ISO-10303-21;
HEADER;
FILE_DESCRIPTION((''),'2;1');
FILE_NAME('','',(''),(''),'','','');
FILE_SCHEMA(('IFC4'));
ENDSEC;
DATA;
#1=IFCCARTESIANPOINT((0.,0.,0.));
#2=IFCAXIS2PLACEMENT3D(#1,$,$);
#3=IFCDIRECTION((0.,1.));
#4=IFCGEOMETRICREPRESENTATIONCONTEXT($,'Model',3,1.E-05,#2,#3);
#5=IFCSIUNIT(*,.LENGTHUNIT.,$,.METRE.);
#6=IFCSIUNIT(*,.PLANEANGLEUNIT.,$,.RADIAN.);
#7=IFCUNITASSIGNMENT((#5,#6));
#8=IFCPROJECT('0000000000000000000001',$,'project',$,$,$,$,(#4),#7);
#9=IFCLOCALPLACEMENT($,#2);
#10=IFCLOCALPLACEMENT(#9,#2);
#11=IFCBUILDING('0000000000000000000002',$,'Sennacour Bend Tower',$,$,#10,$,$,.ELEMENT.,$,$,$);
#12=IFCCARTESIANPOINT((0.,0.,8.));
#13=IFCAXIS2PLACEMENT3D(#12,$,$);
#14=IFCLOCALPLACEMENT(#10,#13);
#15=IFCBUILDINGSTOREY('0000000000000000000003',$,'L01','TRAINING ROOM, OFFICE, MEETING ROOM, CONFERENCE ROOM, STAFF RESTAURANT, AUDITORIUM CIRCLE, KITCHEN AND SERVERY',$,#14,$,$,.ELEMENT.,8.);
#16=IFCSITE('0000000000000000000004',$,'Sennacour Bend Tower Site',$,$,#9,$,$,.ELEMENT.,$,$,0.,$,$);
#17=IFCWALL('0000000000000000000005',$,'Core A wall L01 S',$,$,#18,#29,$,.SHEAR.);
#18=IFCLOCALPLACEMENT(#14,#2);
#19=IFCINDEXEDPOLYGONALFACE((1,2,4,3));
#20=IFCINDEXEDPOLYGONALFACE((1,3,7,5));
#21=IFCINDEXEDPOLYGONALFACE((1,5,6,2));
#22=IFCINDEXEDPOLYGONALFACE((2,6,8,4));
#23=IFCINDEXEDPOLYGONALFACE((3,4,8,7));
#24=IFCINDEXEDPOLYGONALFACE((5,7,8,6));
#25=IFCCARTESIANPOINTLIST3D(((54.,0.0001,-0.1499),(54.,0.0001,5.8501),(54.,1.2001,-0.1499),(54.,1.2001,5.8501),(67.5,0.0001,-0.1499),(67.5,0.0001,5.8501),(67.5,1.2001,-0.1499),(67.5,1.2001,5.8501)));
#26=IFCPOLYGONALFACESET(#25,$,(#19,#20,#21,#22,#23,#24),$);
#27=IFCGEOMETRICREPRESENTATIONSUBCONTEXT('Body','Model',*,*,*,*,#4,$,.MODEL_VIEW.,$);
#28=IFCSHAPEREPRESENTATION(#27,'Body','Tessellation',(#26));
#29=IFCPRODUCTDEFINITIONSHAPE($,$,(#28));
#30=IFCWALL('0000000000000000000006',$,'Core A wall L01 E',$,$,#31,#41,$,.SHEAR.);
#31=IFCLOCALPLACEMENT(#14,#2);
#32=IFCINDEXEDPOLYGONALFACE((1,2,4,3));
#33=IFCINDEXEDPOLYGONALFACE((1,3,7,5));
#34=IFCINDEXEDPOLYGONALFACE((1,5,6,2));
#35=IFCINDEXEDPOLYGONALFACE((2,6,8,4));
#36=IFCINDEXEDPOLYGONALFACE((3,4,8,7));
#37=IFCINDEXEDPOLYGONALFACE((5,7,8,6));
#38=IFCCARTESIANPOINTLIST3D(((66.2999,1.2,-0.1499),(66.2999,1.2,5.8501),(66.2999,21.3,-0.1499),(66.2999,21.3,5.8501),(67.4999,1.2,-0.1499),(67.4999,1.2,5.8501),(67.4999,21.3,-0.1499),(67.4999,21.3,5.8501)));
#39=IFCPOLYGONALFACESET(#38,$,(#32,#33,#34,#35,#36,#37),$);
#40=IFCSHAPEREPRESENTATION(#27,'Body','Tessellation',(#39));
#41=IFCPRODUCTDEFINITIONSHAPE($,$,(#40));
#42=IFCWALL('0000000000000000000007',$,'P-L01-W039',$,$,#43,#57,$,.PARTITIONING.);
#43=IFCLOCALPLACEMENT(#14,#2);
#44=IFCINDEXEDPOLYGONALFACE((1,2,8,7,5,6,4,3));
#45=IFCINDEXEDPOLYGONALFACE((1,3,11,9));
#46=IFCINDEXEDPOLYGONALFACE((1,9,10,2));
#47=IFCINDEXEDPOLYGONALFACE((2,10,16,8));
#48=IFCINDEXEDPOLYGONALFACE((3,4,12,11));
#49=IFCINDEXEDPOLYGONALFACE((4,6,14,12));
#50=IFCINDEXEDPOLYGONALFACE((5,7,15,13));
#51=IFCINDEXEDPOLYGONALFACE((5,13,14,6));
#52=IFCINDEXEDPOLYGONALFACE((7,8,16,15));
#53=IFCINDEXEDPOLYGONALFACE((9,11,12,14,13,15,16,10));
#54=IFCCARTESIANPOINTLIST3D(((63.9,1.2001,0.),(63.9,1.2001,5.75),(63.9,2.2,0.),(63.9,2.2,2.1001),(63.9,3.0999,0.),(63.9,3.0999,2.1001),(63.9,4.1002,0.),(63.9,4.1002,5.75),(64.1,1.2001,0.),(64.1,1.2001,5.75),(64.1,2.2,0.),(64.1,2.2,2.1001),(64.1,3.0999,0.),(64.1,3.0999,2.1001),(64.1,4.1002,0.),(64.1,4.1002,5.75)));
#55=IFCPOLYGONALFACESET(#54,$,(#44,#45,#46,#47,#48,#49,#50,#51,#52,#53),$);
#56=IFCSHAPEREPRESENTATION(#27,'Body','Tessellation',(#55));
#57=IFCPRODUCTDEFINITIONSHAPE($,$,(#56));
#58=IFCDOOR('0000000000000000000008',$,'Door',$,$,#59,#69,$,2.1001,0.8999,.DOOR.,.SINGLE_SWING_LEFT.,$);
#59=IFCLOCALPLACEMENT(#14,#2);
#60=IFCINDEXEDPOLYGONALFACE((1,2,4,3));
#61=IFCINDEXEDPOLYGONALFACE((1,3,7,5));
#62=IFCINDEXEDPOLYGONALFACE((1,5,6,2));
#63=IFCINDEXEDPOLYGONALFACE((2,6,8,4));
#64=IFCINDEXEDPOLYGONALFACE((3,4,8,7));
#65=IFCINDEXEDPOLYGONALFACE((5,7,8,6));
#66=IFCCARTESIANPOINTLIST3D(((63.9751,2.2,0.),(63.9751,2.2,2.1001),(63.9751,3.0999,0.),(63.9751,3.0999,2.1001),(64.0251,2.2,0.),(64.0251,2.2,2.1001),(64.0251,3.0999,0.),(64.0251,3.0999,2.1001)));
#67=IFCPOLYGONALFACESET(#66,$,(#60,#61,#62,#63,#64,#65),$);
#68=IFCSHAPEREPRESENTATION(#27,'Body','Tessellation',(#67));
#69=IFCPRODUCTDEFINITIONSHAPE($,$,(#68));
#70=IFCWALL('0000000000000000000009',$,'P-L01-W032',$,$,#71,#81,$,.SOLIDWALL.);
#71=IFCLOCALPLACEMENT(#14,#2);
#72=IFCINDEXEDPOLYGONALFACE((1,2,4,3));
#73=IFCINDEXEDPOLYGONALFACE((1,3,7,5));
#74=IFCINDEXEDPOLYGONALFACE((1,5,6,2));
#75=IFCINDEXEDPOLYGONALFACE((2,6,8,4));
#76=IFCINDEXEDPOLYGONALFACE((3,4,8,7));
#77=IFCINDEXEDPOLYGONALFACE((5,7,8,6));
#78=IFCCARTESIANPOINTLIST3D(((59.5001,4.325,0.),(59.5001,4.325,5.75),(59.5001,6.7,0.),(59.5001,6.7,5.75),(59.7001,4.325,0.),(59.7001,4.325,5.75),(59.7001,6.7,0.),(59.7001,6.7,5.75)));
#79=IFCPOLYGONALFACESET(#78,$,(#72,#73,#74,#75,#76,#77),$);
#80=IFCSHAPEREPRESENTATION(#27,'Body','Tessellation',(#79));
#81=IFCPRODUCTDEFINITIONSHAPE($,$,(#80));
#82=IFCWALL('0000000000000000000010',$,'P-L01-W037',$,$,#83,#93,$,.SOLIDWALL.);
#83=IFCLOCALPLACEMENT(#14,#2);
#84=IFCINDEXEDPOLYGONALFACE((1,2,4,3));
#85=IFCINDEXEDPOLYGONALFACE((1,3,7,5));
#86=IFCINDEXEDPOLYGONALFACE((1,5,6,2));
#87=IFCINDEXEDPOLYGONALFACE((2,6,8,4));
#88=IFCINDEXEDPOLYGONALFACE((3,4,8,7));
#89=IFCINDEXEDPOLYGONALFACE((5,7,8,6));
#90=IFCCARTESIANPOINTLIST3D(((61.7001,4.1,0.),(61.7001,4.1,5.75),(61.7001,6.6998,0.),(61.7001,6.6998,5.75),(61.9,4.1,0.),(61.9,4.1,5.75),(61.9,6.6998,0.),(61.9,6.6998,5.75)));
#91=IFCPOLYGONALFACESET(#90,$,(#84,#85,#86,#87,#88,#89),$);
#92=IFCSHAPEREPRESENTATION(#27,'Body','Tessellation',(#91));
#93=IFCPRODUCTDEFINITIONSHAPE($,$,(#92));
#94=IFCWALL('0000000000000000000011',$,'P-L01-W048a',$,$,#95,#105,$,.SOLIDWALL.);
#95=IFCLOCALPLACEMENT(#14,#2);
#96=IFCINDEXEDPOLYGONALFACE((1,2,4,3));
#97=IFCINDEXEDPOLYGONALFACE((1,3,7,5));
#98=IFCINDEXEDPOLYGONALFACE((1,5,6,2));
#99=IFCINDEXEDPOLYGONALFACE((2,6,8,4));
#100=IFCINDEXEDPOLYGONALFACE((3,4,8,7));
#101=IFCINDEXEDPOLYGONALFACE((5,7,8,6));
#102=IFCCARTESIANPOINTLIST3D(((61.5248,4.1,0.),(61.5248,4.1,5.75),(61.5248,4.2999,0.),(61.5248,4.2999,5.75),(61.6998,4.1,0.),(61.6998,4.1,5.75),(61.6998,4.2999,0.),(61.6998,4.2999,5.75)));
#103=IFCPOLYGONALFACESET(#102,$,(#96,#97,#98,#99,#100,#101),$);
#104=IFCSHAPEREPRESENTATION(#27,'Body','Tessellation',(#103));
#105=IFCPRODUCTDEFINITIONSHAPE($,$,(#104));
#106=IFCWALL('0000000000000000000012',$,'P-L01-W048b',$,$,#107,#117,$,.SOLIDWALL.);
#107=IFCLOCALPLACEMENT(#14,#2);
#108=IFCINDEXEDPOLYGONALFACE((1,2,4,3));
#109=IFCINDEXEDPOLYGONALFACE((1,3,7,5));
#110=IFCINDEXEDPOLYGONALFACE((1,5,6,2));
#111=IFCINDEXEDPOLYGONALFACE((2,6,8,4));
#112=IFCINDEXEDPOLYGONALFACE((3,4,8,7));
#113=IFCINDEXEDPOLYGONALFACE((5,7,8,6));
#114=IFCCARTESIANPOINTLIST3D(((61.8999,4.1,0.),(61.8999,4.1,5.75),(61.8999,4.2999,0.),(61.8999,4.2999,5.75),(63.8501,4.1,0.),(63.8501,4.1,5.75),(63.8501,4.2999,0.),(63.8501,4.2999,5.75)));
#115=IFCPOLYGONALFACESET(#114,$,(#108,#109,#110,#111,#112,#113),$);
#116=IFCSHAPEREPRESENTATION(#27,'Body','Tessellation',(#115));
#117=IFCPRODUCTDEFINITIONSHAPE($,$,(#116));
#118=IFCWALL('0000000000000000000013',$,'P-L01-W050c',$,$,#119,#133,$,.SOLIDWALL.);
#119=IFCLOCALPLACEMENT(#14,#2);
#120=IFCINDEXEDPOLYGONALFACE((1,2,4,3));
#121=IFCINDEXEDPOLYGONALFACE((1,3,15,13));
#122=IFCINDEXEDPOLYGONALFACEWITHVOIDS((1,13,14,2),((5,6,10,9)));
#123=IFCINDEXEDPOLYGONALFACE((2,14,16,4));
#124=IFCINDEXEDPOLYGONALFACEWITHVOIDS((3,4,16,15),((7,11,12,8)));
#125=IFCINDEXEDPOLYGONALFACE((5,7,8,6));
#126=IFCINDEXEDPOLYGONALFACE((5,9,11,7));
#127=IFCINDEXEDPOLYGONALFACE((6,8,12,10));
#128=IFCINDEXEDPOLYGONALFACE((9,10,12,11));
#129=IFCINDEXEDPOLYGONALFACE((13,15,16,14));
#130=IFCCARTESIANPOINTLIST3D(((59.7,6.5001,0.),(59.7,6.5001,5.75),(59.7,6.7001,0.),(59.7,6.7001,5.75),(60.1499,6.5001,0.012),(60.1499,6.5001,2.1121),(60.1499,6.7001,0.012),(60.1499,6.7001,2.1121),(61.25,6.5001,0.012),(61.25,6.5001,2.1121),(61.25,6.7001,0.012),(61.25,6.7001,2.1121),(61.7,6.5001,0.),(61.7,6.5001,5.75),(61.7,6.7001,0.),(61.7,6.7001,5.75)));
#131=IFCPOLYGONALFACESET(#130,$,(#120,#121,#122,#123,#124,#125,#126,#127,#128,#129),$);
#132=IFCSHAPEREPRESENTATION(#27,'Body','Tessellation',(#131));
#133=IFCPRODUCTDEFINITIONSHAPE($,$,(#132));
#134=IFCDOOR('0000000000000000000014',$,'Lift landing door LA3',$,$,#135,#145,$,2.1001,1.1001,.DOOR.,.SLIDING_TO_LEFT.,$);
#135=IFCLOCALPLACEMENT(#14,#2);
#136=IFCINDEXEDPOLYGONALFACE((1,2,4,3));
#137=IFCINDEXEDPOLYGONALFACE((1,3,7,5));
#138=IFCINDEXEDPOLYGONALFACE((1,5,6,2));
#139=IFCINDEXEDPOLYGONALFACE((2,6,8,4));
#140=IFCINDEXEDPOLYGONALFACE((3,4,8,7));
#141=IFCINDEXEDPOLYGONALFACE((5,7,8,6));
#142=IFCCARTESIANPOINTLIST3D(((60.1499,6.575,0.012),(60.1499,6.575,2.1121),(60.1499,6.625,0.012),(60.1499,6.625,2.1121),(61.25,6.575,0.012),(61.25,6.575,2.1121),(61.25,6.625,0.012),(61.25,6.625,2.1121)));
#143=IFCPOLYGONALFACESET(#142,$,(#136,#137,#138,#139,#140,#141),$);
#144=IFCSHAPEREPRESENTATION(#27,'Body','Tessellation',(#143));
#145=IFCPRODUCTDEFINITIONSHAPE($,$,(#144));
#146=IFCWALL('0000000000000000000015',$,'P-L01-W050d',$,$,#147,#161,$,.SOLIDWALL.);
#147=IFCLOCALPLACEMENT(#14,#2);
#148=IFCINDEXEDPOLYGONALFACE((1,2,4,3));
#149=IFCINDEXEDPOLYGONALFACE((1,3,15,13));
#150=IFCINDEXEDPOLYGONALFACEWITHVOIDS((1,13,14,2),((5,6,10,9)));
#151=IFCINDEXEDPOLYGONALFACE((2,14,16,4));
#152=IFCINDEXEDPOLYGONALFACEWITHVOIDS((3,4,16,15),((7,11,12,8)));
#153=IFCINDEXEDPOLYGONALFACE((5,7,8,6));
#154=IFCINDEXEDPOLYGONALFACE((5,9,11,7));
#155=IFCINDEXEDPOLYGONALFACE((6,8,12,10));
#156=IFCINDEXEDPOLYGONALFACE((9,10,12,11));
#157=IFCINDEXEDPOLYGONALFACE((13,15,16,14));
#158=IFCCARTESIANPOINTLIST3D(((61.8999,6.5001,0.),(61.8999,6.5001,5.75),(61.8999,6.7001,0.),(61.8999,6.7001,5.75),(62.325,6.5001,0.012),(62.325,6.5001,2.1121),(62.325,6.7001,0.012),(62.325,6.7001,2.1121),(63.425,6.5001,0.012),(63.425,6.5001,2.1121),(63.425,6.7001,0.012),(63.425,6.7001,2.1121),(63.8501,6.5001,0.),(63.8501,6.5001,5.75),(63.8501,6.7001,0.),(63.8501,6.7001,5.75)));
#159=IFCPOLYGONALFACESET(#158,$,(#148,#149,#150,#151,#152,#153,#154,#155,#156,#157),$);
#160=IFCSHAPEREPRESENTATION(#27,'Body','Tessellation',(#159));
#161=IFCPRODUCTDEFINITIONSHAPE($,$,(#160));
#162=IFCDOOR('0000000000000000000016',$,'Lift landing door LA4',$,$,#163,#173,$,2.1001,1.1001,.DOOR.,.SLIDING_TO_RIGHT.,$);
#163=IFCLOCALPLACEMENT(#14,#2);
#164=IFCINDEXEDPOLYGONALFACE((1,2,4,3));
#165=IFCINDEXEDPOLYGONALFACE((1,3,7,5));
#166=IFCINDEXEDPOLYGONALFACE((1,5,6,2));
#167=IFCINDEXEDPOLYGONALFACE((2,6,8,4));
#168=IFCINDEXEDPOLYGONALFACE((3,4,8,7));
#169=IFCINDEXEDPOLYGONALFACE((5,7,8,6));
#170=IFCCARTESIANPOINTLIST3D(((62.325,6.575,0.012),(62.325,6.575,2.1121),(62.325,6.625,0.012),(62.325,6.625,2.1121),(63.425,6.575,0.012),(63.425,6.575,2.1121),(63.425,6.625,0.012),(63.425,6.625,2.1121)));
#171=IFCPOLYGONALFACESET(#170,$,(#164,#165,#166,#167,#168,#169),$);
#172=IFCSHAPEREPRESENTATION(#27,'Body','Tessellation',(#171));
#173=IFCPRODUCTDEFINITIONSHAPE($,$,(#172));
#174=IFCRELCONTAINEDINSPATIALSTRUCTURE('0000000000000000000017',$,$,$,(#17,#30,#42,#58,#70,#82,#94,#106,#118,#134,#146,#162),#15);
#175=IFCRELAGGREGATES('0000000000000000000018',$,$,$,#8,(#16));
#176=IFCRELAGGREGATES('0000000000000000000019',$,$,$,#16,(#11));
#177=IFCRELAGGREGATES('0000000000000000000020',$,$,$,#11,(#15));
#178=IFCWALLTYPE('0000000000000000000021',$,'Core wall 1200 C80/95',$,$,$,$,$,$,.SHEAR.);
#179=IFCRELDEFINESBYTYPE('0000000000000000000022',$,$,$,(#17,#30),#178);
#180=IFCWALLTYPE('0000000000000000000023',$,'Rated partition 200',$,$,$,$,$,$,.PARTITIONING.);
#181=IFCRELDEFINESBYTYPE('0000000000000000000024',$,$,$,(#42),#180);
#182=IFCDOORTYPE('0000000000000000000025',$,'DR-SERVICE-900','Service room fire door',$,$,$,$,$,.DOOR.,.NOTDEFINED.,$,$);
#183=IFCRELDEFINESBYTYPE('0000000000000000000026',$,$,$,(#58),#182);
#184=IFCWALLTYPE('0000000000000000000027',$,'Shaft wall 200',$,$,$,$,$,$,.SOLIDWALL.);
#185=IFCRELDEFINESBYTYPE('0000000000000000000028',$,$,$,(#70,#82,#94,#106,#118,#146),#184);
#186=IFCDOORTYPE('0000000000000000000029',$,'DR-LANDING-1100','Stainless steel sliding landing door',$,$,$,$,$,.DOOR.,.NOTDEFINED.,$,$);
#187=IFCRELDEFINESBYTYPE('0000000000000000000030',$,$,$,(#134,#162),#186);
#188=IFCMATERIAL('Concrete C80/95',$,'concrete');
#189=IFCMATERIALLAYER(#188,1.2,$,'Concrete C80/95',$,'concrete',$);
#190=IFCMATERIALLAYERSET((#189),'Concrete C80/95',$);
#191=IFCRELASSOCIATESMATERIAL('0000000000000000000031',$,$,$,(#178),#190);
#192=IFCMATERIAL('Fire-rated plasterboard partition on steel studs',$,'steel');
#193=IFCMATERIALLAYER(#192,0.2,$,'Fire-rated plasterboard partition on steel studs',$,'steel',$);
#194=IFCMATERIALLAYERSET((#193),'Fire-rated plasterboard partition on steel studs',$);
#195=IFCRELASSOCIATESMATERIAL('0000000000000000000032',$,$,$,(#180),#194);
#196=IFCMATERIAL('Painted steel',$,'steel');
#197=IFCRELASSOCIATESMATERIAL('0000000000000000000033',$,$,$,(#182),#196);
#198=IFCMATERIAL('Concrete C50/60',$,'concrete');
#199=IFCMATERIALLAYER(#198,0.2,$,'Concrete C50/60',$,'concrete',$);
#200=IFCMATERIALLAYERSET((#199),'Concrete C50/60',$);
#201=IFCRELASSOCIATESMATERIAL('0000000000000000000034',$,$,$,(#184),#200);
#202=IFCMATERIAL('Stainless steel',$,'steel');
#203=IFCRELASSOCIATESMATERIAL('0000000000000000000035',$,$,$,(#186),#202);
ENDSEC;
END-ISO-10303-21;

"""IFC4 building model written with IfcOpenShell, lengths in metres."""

from ifc_helpers import new_model, si_unit, direction, frame, frame_2d, origin, place, context, subcontext, project, spatial, rectangle, extrude, material, layer, layer_set, type_object, element, fill, save


model = new_model("IFC4")

# Units and contexts
model_context = context("Model", 3, precision=1e-05, world=origin(), true_north=direction((0.0, 1.0)))
body_context = subcontext(model_context, "Body", "Model", "MODEL_VIEW")
ifc_project = project(units=[si_unit("LENGTHUNIT", "METRE"), si_unit("PLANEANGLEUNIT", "RADIAN")], contexts=[model_context])

# Site, building, storey
site_placement = place(None, origin())
site = spatial("IfcSite", under=ifc_project, at=site_placement, Name="Sennacour Bend Tower Site", CompositionType="ELEMENT", RefElevation=0.0)
building_placement = place(site_placement, origin())
building = spatial("IfcBuilding", under=site, at=building_placement, Name="Sennacour Bend Tower", CompositionType="ELEMENT")
storey_placement = place(building_placement, frame((0.0, 0.0, 8.0)))
storey = spatial("IfcBuildingStorey", under=building, at=storey_placement, Name="L01", Description="TRAINING ROOM, OFFICE, MEETING ROOM, CONFERENCE ROOM, STAFF RESTAURANT, AUDITORIUM CIRCLE, KITCHEN AND SERVERY", CompositionType="ELEMENT", Elevation=8.0)

# Walls
ifc_material_1 = material(Name="Concrete C80/95", Category="concrete")
ifc_layer_1 = layer(ifc_material_1, 1.2, Name="Concrete C80/95", Category="concrete")
ifc_layer_set_1 = layer_set([ifc_layer_1], Name="Concrete C80/95")
wall_type_1 = type_object("IfcWallType", Name="Core wall 1200 C80/95", PredefinedType="SHEAR", material=ifc_layer_set_1)
wall_1_placement = place(storey_placement, frame((67.5, 0.6001, -0.1499), z_axis=(0.0, 0.0, 1.0), x_axis=(-1.0, 0.0, 0.0)))
element("IfcWall", 1, at=wall_1_placement, inside=storey, type_object=wall_type_1, Name="Core A wall L01 S", PredefinedType="SHEAR", context=body_context, shape_type="SweptSolid", body=[
    extrude(rectangle(XDim=13.5, YDim=1.2, at=frame_2d((6.75, 0.0))), origin(), (0.0, 0.0, 1.0), 6.0),
])
wall_2_placement = place(storey_placement, frame((66.8999, 1.2, -0.1499), z_axis=(0.0, 0.0, 1.0), x_axis=(0.0, 1.0, 0.0)))
element("IfcWall", 2, at=wall_2_placement, inside=storey, type_object=wall_type_1, Name="Core A wall L01 E", PredefinedType="SHEAR", context=body_context, shape_type="SweptSolid", body=[
    extrude(rectangle(XDim=20.1001, YDim=1.2, at=frame_2d((10.05, 0.0))), origin(), (0.0, 0.0, 1.0), 6.0),
])

# Wall, opening, door
ifc_material_2 = material(Name="Fire-rated plasterboard partition on steel studs", Category="steel")
ifc_layer_2 = layer(ifc_material_2, 0.2, Name="Fire-rated plasterboard partition on steel studs", Category="steel")
ifc_layer_set_2 = layer_set([ifc_layer_2], Name="Fire-rated plasterboard partition on steel studs")
wall_type_2 = type_object("IfcWallType", Name="Rated partition 200", PredefinedType="PARTITIONING", material=ifc_layer_set_2)
wall_3_placement = place(storey_placement, frame((64.0, 1.2, 0.0), z_axis=(0.0, 0.0, 1.0), x_axis=(0.0, 1.0, 0.0)))
wall_3 = element("IfcWall", 3, at=wall_3_placement, inside=storey, type_object=wall_type_2, Name="P-L01-W039", PredefinedType="PARTITIONING", context=body_context, shape_type="SweptSolid", body=[
    extrude(rectangle(XDim=2.9001, YDim=0.2, at=frame_2d((1.4502, 0.0))), origin(), (0.0, 0.0, 1.0), 5.75),
])
opening_1_placement = place(wall_3_placement, frame((1.0, 0.0, 0.0)))
opening_1 = element("IfcOpeningElement", 4, at=opening_1_placement, cuts=wall_3, PredefinedType="OPENING", context=body_context, shape_type="SweptSolid", body=[
    extrude(rectangle(XDim=0.8999, YDim=2.1001, at=frame_2d((0.45, 1.05))), frame((0.0, 0.1099, 0.0), z_axis=(0.0, -1.0, 0.0), x_axis=(1.0, 0.0, 0.0)), (0.0, 0.0, 1.0), 0.22),
])
ifc_material_3 = material(Name="Painted steel", Category="steel")
door_type_1 = type_object("IfcDoorType", Name="DR-SERVICE-900", Description="Service room fire door", OperationType="NOTDEFINED", PredefinedType="DOOR", material=ifc_material_3)
door_1_placement = place(opening_1_placement, origin())
door_1 = element("IfcDoor", 5, at=door_1_placement, inside=storey, type_object=door_type_1, Name="Door", OperationType="SINGLE_SWING_LEFT", OverallHeight=2.1001, OverallWidth=0.8999, PredefinedType="DOOR", context=body_context, shape_type="SweptSolid", body=[
    extrude(rectangle(XDim=0.8999, YDim=2.1001, at=frame_2d((0.45, 1.05))), frame((0.0, 0.0249, 0.0), z_axis=(0.0, -1.0, 0.0), x_axis=(1.0, 0.0, 0.0)), (0.0, 0.0, 1.0), 0.05),
])
fill(opening_1, door_1)

# Walls
ifc_material_4 = material(Name="Concrete C50/60", Category="concrete")
ifc_layer_3 = layer(ifc_material_4, 0.2, Name="Concrete C50/60", Category="concrete")
ifc_layer_set_3 = layer_set([ifc_layer_3], Name="Concrete C50/60")
wall_type_3 = type_object("IfcWallType", Name="Shaft wall 200", PredefinedType="SOLIDWALL", material=ifc_layer_set_3)
wall_4_placement = place(storey_placement, frame((59.6001, 4.325, 0.0), z_axis=(0.0, 0.0, 1.0), x_axis=(0.0, 1.0, 0.0)))
element("IfcWall", 6, at=wall_4_placement, inside=storey, type_object=wall_type_3, Name="P-L01-W032", PredefinedType="SOLIDWALL", context=body_context, shape_type="SweptSolid", body=[
    extrude(rectangle(XDim=2.375, YDim=0.2, at=frame_2d((1.1875, 0.0))), origin(), (0.0, 0.0, 1.0), 5.75),
])
wall_5_placement = place(storey_placement, frame((61.8, 4.1001, 0.0), z_axis=(0.0, 0.0, 1.0), x_axis=(0.0, 1.0, 0.0)))
element("IfcWall", 7, at=wall_5_placement, inside=storey, type_object=wall_type_3, Name="P-L01-W037", PredefinedType="SOLIDWALL", context=body_context, shape_type="SweptSolid", body=[
    extrude(rectangle(XDim=2.5999, YDim=0.2, at=frame_2d((1.2998, 0.0))), origin(), (0.0, 0.0, 1.0), 5.75),
])
wall_6_placement = place(storey_placement, frame((61.5249, 4.2, 0.0), z_axis=(0.0, 0.0, 1.0), x_axis=(1.0, 0.0, 0.0)))
element("IfcWall", 8, at=wall_6_placement, inside=storey, type_object=wall_type_3, Name="P-L01-W048a", PredefinedType="SOLIDWALL", context=body_context, shape_type="SweptSolid", body=[
    extrude(rectangle(XDim=0.175, YDim=0.2, at=frame_2d((0.0874, 0.0))), origin(), (0.0, 0.0, 1.0), 5.75),
])
wall_7_placement = place(storey_placement, frame((61.8999, 4.2, 0.0), z_axis=(0.0, 0.0, 1.0), x_axis=(1.0, 0.0, 0.0)))
element("IfcWall", 9, at=wall_7_placement, inside=storey, type_object=wall_type_3, Name="P-L01-W048b", PredefinedType="SOLIDWALL", context=body_context, shape_type="SweptSolid", body=[
    extrude(rectangle(XDim=1.9502, YDim=0.2, at=frame_2d((0.9751, 0.0))), origin(), (0.0, 0.0, 1.0), 5.75),
])

# Walls, openings, doors
wall_8_placement = place(storey_placement, frame((59.7, 6.6001, 0.0), z_axis=(0.0, 0.0, 1.0), x_axis=(1.0, 0.0, 0.0)))
wall_8 = element("IfcWall", 10, at=wall_8_placement, inside=storey, type_object=wall_type_3, Name="P-L01-W050c", PredefinedType="SOLIDWALL", context=body_context, shape_type="SweptSolid", body=[
    extrude(rectangle(XDim=2.0, YDim=0.2, at=frame_2d((1.0, 0.0))), origin(), (0.0, 0.0, 1.0), 5.75),
])
opening_2_placement = place(wall_8_placement, frame((0.45, 0.0, 0.012)))
opening_2 = element("IfcOpeningElement", 11, at=opening_2_placement, cuts=wall_8, PredefinedType="OPENING", context=body_context, shape_type="SweptSolid", body=[
    extrude(rectangle(XDim=1.1001, YDim=2.1001, at=frame_2d((0.55, 1.05))), frame((0.0, 0.1099, 0.0), z_axis=(0.0, -1.0, 0.0), x_axis=(1.0, 0.0, 0.0)), (0.0, 0.0, 1.0), 0.22),
])
ifc_material_5 = material(Name="Stainless steel", Category="steel")
door_type_2 = type_object("IfcDoorType", Name="DR-LANDING-1100", Description="Stainless steel sliding landing door", OperationType="NOTDEFINED", PredefinedType="DOOR", material=ifc_material_5)
door_2_placement = place(opening_2_placement, origin())
door_2 = element("IfcDoor", 12, at=door_2_placement, inside=storey, type_object=door_type_2, Name="Lift landing door LA3", OperationType="SLIDING_TO_LEFT", OverallHeight=2.1001, OverallWidth=1.1001, PredefinedType="DOOR", context=body_context, shape_type="SweptSolid", body=[
    extrude(rectangle(XDim=1.1001, YDim=2.1001, at=frame_2d((0.55, 1.05))), frame((0.0, 0.0249, 0.0), z_axis=(0.0, -1.0, 0.0), x_axis=(1.0, 0.0, 0.0)), (0.0, 0.0, 1.0), 0.05),
])
fill(opening_2, door_2)
wall_9_placement = place(storey_placement, frame((61.8999, 6.6001, 0.0), z_axis=(0.0, 0.0, 1.0), x_axis=(1.0, 0.0, 0.0)))
wall_9 = element("IfcWall", 13, at=wall_9_placement, inside=storey, type_object=wall_type_3, Name="P-L01-W050d", PredefinedType="SOLIDWALL", context=body_context, shape_type="SweptSolid", body=[
    extrude(rectangle(XDim=1.9502, YDim=0.2, at=frame_2d((0.9751, 0.0))), origin(), (0.0, 0.0, 1.0), 5.75),
])
opening_3_placement = place(wall_9_placement, frame((0.425, 0.0, 0.012)))
opening_3 = element("IfcOpeningElement", 14, at=opening_3_placement, cuts=wall_9, PredefinedType="OPENING", context=body_context, shape_type="SweptSolid", body=[
    extrude(rectangle(XDim=1.1001, YDim=2.1001, at=frame_2d((0.55, 1.05))), frame((0.0, 0.1099, 0.0), z_axis=(0.0, -1.0, 0.0), x_axis=(1.0, 0.0, 0.0)), (0.0, 0.0, 1.0), 0.22),
])
door_3_placement = place(opening_3_placement, origin())
door_3 = element("IfcDoor", 15, at=door_3_placement, inside=storey, type_object=door_type_2, Name="Lift landing door LA4", OperationType="SLIDING_TO_RIGHT", OverallHeight=2.1001, OverallWidth=1.1001, PredefinedType="DOOR", context=body_context, shape_type="SweptSolid", body=[
    extrude(rectangle(XDim=1.1001, YDim=2.1001, at=frame_2d((0.55, 1.05))), frame((0.0, 0.0249, 0.0), z_axis=(0.0, -1.0, 0.0), x_axis=(1.0, 0.0, 0.0)), (0.0, 0.0, 1.0), 0.05),
])
fill(opening_3, door_3)

save(model, "model.ifc")
